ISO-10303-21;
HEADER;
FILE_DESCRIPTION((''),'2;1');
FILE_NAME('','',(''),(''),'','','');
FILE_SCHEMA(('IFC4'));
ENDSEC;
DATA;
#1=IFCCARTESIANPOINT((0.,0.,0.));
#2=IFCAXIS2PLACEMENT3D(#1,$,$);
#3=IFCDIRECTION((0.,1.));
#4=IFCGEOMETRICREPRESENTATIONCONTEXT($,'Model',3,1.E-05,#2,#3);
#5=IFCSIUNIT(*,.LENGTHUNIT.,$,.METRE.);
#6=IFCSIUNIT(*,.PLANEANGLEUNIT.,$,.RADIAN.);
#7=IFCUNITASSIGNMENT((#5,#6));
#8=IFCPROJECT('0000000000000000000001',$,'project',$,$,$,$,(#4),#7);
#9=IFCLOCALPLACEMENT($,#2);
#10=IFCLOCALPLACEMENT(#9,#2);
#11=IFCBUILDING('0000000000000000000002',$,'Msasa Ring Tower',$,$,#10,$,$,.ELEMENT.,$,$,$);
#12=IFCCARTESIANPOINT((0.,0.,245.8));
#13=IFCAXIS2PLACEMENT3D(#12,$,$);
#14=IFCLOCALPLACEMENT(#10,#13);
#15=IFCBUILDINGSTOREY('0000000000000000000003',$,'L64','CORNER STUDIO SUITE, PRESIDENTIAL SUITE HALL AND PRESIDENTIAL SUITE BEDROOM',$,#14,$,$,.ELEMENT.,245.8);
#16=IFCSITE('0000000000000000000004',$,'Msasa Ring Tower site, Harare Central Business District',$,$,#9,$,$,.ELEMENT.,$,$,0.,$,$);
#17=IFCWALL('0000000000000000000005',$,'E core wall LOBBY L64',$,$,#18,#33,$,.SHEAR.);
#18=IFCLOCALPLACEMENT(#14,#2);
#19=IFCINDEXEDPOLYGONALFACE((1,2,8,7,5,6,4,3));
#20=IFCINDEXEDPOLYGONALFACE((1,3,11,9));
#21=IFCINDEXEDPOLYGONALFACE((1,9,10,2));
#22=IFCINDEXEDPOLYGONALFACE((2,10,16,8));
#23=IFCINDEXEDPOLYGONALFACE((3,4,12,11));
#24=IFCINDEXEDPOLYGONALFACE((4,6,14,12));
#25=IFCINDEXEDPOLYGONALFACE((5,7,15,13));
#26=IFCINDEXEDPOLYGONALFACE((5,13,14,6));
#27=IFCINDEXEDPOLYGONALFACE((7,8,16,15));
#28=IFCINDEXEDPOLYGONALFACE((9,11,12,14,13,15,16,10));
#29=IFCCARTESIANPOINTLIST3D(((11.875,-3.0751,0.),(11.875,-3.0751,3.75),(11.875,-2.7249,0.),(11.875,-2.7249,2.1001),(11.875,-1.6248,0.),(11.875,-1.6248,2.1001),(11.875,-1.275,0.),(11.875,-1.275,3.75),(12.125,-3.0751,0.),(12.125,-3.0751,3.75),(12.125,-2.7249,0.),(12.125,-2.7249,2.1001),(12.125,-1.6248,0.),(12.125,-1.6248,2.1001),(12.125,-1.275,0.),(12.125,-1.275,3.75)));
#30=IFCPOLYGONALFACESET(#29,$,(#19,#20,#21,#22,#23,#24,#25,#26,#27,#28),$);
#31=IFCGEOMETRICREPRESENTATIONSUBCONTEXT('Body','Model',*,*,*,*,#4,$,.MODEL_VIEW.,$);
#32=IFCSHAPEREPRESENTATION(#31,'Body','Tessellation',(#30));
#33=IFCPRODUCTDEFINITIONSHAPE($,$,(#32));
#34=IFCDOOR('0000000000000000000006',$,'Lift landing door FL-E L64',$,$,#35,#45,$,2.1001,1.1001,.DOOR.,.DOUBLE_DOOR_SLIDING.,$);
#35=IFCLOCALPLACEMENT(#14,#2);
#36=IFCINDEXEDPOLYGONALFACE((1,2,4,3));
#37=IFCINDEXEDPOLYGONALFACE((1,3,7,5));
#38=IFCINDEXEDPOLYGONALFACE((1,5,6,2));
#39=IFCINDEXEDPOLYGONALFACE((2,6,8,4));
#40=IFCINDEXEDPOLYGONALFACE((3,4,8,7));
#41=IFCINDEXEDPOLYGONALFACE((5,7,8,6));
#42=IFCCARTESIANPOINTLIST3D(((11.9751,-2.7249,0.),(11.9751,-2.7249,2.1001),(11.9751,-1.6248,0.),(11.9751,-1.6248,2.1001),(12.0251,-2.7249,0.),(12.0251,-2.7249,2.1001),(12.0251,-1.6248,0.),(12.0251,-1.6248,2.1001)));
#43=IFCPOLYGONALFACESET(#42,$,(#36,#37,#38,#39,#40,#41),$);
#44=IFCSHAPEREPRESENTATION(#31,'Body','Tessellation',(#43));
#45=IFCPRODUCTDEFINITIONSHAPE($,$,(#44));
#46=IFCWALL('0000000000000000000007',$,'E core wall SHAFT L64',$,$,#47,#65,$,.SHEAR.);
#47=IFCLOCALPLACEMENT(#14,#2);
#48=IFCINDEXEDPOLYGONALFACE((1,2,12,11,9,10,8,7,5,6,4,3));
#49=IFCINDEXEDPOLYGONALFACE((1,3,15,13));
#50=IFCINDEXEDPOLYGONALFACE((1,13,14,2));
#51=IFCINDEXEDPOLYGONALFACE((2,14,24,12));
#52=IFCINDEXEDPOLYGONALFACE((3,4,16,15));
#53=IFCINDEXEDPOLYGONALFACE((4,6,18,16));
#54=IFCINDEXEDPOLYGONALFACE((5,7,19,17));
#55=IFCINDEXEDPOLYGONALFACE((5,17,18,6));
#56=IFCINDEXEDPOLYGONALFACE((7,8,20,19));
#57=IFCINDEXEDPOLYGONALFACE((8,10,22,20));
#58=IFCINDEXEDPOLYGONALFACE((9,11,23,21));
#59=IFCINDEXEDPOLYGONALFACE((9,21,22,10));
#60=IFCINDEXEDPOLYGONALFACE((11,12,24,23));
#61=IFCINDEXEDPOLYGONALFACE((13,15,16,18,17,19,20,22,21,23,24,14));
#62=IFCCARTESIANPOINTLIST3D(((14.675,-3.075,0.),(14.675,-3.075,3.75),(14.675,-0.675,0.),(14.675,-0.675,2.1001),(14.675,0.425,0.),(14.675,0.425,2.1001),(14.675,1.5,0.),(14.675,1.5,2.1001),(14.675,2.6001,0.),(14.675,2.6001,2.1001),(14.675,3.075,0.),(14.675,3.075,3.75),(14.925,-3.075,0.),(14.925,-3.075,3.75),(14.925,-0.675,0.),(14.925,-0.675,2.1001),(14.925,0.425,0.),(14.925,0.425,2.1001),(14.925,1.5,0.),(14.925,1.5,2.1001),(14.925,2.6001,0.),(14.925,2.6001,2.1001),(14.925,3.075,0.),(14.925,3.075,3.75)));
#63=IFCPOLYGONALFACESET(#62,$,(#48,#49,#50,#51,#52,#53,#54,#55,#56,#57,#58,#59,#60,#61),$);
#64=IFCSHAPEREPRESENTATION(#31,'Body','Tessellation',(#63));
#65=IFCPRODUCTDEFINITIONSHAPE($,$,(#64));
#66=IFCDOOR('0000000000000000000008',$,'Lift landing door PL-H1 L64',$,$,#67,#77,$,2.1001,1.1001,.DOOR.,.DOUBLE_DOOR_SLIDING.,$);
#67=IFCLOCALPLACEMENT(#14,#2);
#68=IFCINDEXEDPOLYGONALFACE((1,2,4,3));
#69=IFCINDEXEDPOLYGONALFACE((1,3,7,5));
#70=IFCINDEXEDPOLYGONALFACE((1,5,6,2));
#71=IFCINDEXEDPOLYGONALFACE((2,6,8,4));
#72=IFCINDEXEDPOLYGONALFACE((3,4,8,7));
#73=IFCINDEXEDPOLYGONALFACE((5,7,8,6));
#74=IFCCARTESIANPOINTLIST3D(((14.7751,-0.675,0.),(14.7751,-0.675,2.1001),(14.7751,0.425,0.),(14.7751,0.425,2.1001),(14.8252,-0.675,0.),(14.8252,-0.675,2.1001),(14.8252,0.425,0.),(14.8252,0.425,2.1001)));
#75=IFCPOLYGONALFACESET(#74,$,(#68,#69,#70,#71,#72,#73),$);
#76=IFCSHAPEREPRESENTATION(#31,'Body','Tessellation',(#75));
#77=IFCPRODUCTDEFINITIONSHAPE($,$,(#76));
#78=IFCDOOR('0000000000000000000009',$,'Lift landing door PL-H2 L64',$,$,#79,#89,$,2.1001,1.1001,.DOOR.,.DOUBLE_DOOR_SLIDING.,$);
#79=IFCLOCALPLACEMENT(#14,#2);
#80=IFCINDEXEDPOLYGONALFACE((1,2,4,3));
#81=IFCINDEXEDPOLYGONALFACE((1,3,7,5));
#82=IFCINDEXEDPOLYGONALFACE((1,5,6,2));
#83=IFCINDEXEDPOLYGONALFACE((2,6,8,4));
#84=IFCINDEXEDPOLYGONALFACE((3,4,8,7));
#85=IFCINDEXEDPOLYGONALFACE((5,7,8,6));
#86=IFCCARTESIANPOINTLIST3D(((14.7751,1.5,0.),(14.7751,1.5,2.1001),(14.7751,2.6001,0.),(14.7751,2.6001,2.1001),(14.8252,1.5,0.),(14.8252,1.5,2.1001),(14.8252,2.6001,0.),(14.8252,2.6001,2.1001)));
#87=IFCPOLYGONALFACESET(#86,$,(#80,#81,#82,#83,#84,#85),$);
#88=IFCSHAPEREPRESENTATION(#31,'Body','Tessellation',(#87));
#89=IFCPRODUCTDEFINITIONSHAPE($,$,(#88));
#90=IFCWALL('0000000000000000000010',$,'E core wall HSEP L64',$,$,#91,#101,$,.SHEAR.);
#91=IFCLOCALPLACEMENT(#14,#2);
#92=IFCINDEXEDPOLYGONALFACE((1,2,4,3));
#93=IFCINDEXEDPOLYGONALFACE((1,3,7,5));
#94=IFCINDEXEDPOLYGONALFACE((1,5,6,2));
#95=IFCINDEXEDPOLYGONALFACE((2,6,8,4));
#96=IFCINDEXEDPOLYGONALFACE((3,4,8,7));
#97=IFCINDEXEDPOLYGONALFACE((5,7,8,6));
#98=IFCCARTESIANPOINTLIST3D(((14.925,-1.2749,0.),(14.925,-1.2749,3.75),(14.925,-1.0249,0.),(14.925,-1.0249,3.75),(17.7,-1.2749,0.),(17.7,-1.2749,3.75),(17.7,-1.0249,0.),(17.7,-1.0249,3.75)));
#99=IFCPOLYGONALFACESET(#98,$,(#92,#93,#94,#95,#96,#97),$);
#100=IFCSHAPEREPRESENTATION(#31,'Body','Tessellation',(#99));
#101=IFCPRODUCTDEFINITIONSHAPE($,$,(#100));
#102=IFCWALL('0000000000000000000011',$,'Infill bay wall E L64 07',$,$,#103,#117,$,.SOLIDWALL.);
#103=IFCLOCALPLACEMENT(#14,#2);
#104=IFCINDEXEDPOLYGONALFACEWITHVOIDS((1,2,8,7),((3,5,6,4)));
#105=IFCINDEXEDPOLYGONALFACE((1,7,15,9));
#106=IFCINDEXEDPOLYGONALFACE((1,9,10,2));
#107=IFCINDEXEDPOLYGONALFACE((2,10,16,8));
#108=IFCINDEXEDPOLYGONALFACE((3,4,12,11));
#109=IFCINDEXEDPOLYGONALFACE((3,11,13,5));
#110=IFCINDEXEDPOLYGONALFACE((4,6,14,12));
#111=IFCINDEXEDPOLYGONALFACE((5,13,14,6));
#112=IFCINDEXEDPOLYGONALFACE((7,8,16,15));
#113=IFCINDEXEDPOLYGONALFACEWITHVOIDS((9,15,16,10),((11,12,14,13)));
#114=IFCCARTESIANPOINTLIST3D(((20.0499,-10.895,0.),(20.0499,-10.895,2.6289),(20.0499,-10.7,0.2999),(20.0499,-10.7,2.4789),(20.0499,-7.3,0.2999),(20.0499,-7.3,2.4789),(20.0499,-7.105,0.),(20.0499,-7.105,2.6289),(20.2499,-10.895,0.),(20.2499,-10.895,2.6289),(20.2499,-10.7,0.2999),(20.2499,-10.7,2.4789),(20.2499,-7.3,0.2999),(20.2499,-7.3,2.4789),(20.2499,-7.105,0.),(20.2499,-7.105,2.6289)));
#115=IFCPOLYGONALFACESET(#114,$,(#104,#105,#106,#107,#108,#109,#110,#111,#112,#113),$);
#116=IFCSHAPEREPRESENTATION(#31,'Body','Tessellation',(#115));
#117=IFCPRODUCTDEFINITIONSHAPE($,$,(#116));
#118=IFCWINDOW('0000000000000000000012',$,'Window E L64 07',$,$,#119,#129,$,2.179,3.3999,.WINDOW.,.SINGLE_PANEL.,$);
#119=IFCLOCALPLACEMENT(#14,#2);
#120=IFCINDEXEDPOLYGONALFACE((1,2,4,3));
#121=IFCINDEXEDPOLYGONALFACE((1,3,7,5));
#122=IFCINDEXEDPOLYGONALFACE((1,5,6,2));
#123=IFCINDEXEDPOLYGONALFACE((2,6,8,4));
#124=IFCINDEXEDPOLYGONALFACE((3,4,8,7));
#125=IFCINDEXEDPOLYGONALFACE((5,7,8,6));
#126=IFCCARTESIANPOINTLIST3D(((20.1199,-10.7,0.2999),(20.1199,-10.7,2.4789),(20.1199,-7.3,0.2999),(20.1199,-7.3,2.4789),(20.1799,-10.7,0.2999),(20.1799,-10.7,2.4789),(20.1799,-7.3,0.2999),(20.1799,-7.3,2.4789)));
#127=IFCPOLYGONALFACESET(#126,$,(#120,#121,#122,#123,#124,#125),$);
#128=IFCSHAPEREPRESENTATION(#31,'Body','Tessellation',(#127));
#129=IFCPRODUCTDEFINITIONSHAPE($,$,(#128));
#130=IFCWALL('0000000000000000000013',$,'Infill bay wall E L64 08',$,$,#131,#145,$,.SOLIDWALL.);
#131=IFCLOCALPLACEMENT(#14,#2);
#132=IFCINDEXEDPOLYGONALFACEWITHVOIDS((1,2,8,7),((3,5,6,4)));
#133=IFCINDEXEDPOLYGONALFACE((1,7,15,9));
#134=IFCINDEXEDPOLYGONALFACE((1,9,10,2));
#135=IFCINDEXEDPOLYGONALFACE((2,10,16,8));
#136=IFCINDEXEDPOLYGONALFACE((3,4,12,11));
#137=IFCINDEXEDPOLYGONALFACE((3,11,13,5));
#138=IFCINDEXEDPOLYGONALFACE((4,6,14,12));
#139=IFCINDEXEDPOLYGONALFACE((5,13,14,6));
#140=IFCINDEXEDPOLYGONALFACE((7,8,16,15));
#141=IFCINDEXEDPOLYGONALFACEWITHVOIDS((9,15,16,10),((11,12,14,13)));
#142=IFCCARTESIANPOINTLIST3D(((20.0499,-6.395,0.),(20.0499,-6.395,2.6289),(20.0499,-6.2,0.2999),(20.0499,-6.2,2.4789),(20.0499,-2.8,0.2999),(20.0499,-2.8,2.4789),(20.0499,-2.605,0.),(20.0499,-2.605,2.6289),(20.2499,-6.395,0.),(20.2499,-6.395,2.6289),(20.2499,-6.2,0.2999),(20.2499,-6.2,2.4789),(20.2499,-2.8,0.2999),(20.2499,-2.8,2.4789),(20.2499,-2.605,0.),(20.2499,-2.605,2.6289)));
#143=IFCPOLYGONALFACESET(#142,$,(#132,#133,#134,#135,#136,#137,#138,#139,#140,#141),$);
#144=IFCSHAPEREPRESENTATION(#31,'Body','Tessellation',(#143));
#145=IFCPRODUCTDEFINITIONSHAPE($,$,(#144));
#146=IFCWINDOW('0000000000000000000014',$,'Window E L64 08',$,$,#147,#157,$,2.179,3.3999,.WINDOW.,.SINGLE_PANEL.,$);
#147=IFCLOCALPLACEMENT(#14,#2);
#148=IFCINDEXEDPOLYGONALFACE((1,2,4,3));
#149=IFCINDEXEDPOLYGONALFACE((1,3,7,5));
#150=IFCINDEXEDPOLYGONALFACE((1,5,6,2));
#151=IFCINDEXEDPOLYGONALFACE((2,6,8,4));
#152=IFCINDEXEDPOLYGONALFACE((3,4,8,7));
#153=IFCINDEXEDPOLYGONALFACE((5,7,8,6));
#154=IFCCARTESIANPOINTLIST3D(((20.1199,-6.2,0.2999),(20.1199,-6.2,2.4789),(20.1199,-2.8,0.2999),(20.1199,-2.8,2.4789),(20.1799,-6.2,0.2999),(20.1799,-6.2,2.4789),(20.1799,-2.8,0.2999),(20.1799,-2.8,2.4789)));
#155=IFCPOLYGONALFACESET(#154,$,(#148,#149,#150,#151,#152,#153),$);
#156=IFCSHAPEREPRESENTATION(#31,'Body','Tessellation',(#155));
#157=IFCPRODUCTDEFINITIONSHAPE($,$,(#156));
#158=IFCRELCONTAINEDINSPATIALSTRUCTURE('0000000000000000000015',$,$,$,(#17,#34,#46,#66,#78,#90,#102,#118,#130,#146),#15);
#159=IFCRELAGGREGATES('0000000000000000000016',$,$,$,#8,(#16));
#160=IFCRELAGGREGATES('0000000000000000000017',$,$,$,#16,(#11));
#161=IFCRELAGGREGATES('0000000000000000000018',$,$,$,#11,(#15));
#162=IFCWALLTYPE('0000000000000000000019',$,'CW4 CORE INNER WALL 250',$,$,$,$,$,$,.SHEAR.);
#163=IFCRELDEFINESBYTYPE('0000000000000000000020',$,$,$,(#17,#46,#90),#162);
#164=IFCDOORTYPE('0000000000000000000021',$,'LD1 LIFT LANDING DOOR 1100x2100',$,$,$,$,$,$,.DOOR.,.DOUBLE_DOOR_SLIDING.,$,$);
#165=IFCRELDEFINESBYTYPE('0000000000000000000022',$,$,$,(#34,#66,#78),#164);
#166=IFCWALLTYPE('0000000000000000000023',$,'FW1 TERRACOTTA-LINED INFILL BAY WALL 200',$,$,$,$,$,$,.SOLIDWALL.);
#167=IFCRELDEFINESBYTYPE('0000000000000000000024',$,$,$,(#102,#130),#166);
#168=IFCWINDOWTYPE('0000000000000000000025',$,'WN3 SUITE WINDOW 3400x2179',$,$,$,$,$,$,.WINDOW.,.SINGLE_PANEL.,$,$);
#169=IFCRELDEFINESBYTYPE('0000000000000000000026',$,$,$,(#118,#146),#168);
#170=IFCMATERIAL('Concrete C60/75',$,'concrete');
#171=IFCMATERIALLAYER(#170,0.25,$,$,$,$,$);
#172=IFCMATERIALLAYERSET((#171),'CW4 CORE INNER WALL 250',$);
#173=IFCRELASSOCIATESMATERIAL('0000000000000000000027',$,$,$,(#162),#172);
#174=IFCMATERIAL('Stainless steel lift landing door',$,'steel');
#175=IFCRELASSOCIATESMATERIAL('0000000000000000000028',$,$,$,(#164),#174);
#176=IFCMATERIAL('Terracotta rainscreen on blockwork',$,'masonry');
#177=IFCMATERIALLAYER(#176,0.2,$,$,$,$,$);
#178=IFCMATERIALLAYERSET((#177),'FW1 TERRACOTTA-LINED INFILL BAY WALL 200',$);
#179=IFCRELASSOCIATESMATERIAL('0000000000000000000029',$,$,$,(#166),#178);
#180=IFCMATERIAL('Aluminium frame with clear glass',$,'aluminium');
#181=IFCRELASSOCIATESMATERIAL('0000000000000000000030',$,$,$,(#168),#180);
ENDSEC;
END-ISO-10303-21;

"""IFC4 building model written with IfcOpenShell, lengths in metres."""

from ifc_helpers import new_model, si_unit, direction, frame, frame_2d, origin, place, context, subcontext, project, spatial, rectangle, extrude, material, layer, layer_set, type_object, element, fill, save


model = new_model("IFC4")

# Units and contexts
model_context = context("Model", 3, precision=1e-05, world=origin(), true_north=direction((0.0, 1.0)))
body_context = subcontext(model_context, "Body", "Model", "MODEL_VIEW")
ifc_project = project(units=[si_unit("LENGTHUNIT", "METRE"), si_unit("PLANEANGLEUNIT", "RADIAN")], contexts=[model_context])

# Site, building, storey
site_placement = place(None, origin())
site = spatial("IfcSite", under=ifc_project, at=site_placement, Name="Msasa Ring Tower site, Harare Central Business District", CompositionType="ELEMENT", RefElevation=0.0)
building_placement = place(site_placement, origin())
building = spatial("IfcBuilding", under=site, at=building_placement, Name="Msasa Ring Tower", CompositionType="ELEMENT")
storey_placement = place(building_placement, frame((0.0, 0.0, 245.8)))
storey = spatial("IfcBuildingStorey", under=building, at=storey_placement, Name="L64", Description="CORNER STUDIO SUITE, PRESIDENTIAL SUITE HALL AND PRESIDENTIAL SUITE BEDROOM", CompositionType="ELEMENT", Elevation=245.8)

# Shared definitions
ifc_material_1 = material(Name="Concrete C60/75", Category="concrete")
ifc_layer_1 = layer(ifc_material_1, 0.25)
ifc_layer_set_1 = layer_set([ifc_layer_1], Name="CW4 CORE INNER WALL 250")
wall_type_1 = type_object("IfcWallType", Name="CW4 CORE INNER WALL 250", PredefinedType="SHEAR", material=ifc_layer_set_1)

# Wall, opening, door
wall_1_placement = place(storey_placement, frame((12.0, -3.075, 0.0), z_axis=(0.0, 0.0, 1.0), x_axis=(0.0, 1.0, 0.0)))
wall_1 = element("IfcWall", 1, at=wall_1_placement, inside=storey, type_object=wall_type_1, Name="E core wall LOBBY L64", PredefinedType="SHEAR", context=body_context, shape_type="SweptSolid", body=[
    extrude(rectangle(XDim=1.8, YDim=0.25, at=frame_2d((0.8999, 0.0))), origin(), (0.0, 0.0, 1.0), 3.75),
])
opening_1_placement = place(wall_1_placement, frame((0.3501, 0.0, 0.0)))
opening_1 = element("IfcOpeningElement", 2, at=opening_1_placement, cuts=wall_1, PredefinedType="OPENING", context=body_context, shape_type="SweptSolid", body=[
    extrude(rectangle(XDim=1.1001, YDim=2.1001, at=frame_2d((0.55, 1.05))), frame((0.0, 0.135, 0.0), z_axis=(0.0, -1.0, 0.0), x_axis=(1.0, 0.0, 0.0)), (0.0, 0.0, 1.0), 0.27),
])
ifc_material_2 = material(Name="Stainless steel lift landing door", Category="steel")
door_type_1 = type_object("IfcDoorType", Name="LD1 LIFT LANDING DOOR 1100x2100", OperationType="DOUBLE_DOOR_SLIDING", PredefinedType="DOOR", material=ifc_material_2)
door_1_placement = place(opening_1_placement, origin())
door_1 = element("IfcDoor", 3, at=door_1_placement, inside=storey, type_object=door_type_1, Name="Lift landing door FL-E L64", OperationType="DOUBLE_DOOR_SLIDING", OverallHeight=2.1001, OverallWidth=1.1001, PredefinedType="DOOR", context=body_context, shape_type="SweptSolid", body=[
    extrude(rectangle(XDim=1.1001, YDim=2.1001, at=frame_2d((0.55, 1.05))), frame((0.0, 0.0249, 0.0), z_axis=(0.0, -1.0, 0.0), x_axis=(1.0, 0.0, 0.0)), (0.0, 0.0, 1.0), 0.05),
])
fill(opening_1, door_1)

# Wall, openings, doors
wall_2_placement = place(storey_placement, frame((14.8, -3.075, 0.0), z_axis=(0.0, 0.0, 1.0), x_axis=(0.0, 1.0, 0.0)))
wall_2 = element("IfcWall", 4, at=wall_2_placement, inside=storey, type_object=wall_type_1, Name="E core wall SHAFT L64", PredefinedType="SHEAR", context=body_context, shape_type="SweptSolid", body=[
    extrude(rectangle(XDim=6.1499, YDim=0.25, at=frame_2d((3.075, 0.0))), origin(), (0.0, 0.0, 1.0), 3.75),
])
opening_2_placement = place(wall_2_placement, frame((2.3999, 0.0, 0.0)))
opening_2 = element("IfcOpeningElement", 5, at=opening_2_placement, cuts=wall_2, PredefinedType="OPENING", context=body_context, shape_type="SweptSolid", body=[
    extrude(rectangle(XDim=1.1001, YDim=2.1001, at=frame_2d((0.55, 1.05))), frame((0.0, 0.135, 0.0), z_axis=(0.0, -1.0, 0.0), x_axis=(1.0, 0.0, 0.0)), (0.0, 0.0, 1.0), 0.27),
])
opening_3_placement = place(wall_2_placement, frame((4.575, 0.0, 0.0)))
opening_3 = element("IfcOpeningElement", 6, at=opening_3_placement, cuts=wall_2, PredefinedType="OPENING", context=body_context, shape_type="SweptSolid", body=[
    extrude(rectangle(XDim=1.1001, YDim=2.1001, at=frame_2d((0.55, 1.05))), frame((0.0, 0.135, 0.0), z_axis=(0.0, -1.0, 0.0), x_axis=(1.0, 0.0, 0.0)), (0.0, 0.0, 1.0), 0.27),
])
door_2_placement = place(opening_2_placement, origin())
door_2 = element("IfcDoor", 7, at=door_2_placement, inside=storey, type_object=door_type_1, Name="Lift landing door PL-H1 L64", OperationType="DOUBLE_DOOR_SLIDING", OverallHeight=2.1001, OverallWidth=1.1001, PredefinedType="DOOR", context=body_context, shape_type="SweptSolid", body=[
    extrude(rectangle(XDim=1.1001, YDim=2.1001, at=frame_2d((0.55, 1.05))), frame((0.0, 0.0249, 0.0), z_axis=(0.0, -1.0, 0.0), x_axis=(1.0, 0.0, 0.0)), (0.0, 0.0, 1.0), 0.05),
])
fill(opening_2, door_2)
door_3_placement = place(opening_3_placement, origin())
door_3 = element("IfcDoor", 8, at=door_3_placement, inside=storey, type_object=door_type_1, Name="Lift landing door PL-H2 L64", OperationType="DOUBLE_DOOR_SLIDING", OverallHeight=2.1001, OverallWidth=1.1001, PredefinedType="DOOR", context=body_context, shape_type="SweptSolid", body=[
    extrude(rectangle(XDim=1.1001, YDim=2.1001, at=frame_2d((0.55, 1.05))), frame((0.0, 0.0249, 0.0), z_axis=(0.0, -1.0, 0.0), x_axis=(1.0, 0.0, 0.0)), (0.0, 0.0, 1.0), 0.05),
])
fill(opening_3, door_3)

# Wall
wall_3_placement = place(storey_placement, frame((14.925, -1.1499, 0.0), z_axis=(0.0, 0.0, 1.0), x_axis=(1.0, 0.0, 0.0)))
element("IfcWall", 9, at=wall_3_placement, inside=storey, type_object=wall_type_1, Name="E core wall HSEP L64", PredefinedType="SHEAR", context=body_context, shape_type="SweptSolid", body=[
    extrude(rectangle(XDim=2.7749, YDim=0.25, at=frame_2d((1.3875, 0.0))), origin(), (0.0, 0.0, 1.0), 3.75),
])

# Walls, openings, windows
ifc_material_3 = material(Name="Terracotta rainscreen on blockwork", Category="masonry")
ifc_layer_2 = layer(ifc_material_3, 0.2)
ifc_layer_set_2 = layer_set([ifc_layer_2], Name="FW1 TERRACOTTA-LINED INFILL BAY WALL 200")
wall_type_2 = type_object("IfcWallType", Name="FW1 TERRACOTTA-LINED INFILL BAY WALL 200", PredefinedType="SOLIDWALL", material=ifc_layer_set_2)
wall_4_placement = place(storey_placement, frame((20.1499, -10.895, 0.0), z_axis=(0.0, 0.0, 1.0), x_axis=(0.0, 1.0, 0.0)))
wall_4 = element("IfcWall", 10, at=wall_4_placement, inside=storey, type_object=wall_type_2, Name="Infill bay wall E L64 07", PredefinedType="SOLIDWALL", context=body_context, shape_type="SweptSolid", body=[
    extrude(rectangle(XDim=3.79, YDim=0.2, at=frame_2d((1.895, 0.0))), origin(), (0.0, 0.0, 1.0), 2.6289),
])
opening_4_placement = place(wall_4_placement, frame((0.1951, 0.0, 0.3)))
opening_4 = element("IfcOpeningElement", 11, at=opening_4_placement, cuts=wall_4, PredefinedType="OPENING", context=body_context, shape_type="SweptSolid", body=[
    extrude(rectangle(XDim=3.3999, YDim=2.179, at=frame_2d((1.7, 1.0894))), frame((0.0, 0.1099, 0.0), z_axis=(0.0, -1.0, 0.0), x_axis=(1.0, 0.0, 0.0)), (0.0, 0.0, 1.0), 0.22),
])
ifc_material_4 = material(Name="Aluminium frame with clear glass", Category="aluminium")
window_type = type_object("IfcWindowType", Name="WN3 SUITE WINDOW 3400x2179", PartitioningType="SINGLE_PANEL", PredefinedType="WINDOW", material=ifc_material_4)
window_1_placement = place(opening_4_placement, origin())
window_1 = element("IfcWindow", 12, at=window_1_placement, inside=storey, type_object=window_type, Name="Window E L64 07", OverallHeight=2.179, OverallWidth=3.3999, PartitioningType="SINGLE_PANEL", PredefinedType="WINDOW", context=body_context, shape_type="SweptSolid", body=[
    extrude(rectangle(XDim=3.3999, YDim=2.179, at=frame_2d((1.7, 1.0894))), frame((0.0, 0.03, 0.0), z_axis=(0.0, -1.0, 0.0), x_axis=(1.0, 0.0, 0.0)), (0.0, 0.0, 1.0), 0.0601),
])
fill(opening_4, window_1)
wall_5_placement = place(storey_placement, frame((20.1499, -6.395, 0.0), z_axis=(0.0, 0.0, 1.0), x_axis=(0.0, 1.0, 0.0)))
wall_5 = element("IfcWall", 13, at=wall_5_placement, inside=storey, type_object=wall_type_2, Name="Infill bay wall E L64 08", PredefinedType="SOLIDWALL", context=body_context, shape_type="SweptSolid", body=[
    extrude(rectangle(XDim=3.79, YDim=0.2, at=frame_2d((1.895, 0.0))), origin(), (0.0, 0.0, 1.0), 2.6289),
])
opening_5_placement = place(wall_5_placement, frame((0.1951, 0.0, 0.3)))
opening_5 = element("IfcOpeningElement", 14, at=opening_5_placement, cuts=wall_5, PredefinedType="OPENING", context=body_context, shape_type="SweptSolid", body=[
    extrude(rectangle(XDim=3.3999, YDim=2.179, at=frame_2d((1.7, 1.0894))), frame((0.0, 0.1099, 0.0), z_axis=(0.0, -1.0, 0.0), x_axis=(1.0, 0.0, 0.0)), (0.0, 0.0, 1.0), 0.22),
])
window_2_placement = place(opening_5_placement, origin())
window_2 = element("IfcWindow", 15, at=window_2_placement, inside=storey, type_object=window_type, Name="Window E L64 08", OverallHeight=2.179, OverallWidth=3.3999, PartitioningType="SINGLE_PANEL", PredefinedType="WINDOW", context=body_context, shape_type="SweptSolid", body=[
    extrude(rectangle(XDim=3.3999, YDim=2.179, at=frame_2d((1.7, 1.0894))), frame((0.0, 0.03, 0.0), z_axis=(0.0, -1.0, 0.0), x_axis=(1.0, 0.0, 0.0)), (0.0, 0.0, 1.0), 0.0601),
])
fill(opening_5, window_2)

save(model, "model.ifc")
